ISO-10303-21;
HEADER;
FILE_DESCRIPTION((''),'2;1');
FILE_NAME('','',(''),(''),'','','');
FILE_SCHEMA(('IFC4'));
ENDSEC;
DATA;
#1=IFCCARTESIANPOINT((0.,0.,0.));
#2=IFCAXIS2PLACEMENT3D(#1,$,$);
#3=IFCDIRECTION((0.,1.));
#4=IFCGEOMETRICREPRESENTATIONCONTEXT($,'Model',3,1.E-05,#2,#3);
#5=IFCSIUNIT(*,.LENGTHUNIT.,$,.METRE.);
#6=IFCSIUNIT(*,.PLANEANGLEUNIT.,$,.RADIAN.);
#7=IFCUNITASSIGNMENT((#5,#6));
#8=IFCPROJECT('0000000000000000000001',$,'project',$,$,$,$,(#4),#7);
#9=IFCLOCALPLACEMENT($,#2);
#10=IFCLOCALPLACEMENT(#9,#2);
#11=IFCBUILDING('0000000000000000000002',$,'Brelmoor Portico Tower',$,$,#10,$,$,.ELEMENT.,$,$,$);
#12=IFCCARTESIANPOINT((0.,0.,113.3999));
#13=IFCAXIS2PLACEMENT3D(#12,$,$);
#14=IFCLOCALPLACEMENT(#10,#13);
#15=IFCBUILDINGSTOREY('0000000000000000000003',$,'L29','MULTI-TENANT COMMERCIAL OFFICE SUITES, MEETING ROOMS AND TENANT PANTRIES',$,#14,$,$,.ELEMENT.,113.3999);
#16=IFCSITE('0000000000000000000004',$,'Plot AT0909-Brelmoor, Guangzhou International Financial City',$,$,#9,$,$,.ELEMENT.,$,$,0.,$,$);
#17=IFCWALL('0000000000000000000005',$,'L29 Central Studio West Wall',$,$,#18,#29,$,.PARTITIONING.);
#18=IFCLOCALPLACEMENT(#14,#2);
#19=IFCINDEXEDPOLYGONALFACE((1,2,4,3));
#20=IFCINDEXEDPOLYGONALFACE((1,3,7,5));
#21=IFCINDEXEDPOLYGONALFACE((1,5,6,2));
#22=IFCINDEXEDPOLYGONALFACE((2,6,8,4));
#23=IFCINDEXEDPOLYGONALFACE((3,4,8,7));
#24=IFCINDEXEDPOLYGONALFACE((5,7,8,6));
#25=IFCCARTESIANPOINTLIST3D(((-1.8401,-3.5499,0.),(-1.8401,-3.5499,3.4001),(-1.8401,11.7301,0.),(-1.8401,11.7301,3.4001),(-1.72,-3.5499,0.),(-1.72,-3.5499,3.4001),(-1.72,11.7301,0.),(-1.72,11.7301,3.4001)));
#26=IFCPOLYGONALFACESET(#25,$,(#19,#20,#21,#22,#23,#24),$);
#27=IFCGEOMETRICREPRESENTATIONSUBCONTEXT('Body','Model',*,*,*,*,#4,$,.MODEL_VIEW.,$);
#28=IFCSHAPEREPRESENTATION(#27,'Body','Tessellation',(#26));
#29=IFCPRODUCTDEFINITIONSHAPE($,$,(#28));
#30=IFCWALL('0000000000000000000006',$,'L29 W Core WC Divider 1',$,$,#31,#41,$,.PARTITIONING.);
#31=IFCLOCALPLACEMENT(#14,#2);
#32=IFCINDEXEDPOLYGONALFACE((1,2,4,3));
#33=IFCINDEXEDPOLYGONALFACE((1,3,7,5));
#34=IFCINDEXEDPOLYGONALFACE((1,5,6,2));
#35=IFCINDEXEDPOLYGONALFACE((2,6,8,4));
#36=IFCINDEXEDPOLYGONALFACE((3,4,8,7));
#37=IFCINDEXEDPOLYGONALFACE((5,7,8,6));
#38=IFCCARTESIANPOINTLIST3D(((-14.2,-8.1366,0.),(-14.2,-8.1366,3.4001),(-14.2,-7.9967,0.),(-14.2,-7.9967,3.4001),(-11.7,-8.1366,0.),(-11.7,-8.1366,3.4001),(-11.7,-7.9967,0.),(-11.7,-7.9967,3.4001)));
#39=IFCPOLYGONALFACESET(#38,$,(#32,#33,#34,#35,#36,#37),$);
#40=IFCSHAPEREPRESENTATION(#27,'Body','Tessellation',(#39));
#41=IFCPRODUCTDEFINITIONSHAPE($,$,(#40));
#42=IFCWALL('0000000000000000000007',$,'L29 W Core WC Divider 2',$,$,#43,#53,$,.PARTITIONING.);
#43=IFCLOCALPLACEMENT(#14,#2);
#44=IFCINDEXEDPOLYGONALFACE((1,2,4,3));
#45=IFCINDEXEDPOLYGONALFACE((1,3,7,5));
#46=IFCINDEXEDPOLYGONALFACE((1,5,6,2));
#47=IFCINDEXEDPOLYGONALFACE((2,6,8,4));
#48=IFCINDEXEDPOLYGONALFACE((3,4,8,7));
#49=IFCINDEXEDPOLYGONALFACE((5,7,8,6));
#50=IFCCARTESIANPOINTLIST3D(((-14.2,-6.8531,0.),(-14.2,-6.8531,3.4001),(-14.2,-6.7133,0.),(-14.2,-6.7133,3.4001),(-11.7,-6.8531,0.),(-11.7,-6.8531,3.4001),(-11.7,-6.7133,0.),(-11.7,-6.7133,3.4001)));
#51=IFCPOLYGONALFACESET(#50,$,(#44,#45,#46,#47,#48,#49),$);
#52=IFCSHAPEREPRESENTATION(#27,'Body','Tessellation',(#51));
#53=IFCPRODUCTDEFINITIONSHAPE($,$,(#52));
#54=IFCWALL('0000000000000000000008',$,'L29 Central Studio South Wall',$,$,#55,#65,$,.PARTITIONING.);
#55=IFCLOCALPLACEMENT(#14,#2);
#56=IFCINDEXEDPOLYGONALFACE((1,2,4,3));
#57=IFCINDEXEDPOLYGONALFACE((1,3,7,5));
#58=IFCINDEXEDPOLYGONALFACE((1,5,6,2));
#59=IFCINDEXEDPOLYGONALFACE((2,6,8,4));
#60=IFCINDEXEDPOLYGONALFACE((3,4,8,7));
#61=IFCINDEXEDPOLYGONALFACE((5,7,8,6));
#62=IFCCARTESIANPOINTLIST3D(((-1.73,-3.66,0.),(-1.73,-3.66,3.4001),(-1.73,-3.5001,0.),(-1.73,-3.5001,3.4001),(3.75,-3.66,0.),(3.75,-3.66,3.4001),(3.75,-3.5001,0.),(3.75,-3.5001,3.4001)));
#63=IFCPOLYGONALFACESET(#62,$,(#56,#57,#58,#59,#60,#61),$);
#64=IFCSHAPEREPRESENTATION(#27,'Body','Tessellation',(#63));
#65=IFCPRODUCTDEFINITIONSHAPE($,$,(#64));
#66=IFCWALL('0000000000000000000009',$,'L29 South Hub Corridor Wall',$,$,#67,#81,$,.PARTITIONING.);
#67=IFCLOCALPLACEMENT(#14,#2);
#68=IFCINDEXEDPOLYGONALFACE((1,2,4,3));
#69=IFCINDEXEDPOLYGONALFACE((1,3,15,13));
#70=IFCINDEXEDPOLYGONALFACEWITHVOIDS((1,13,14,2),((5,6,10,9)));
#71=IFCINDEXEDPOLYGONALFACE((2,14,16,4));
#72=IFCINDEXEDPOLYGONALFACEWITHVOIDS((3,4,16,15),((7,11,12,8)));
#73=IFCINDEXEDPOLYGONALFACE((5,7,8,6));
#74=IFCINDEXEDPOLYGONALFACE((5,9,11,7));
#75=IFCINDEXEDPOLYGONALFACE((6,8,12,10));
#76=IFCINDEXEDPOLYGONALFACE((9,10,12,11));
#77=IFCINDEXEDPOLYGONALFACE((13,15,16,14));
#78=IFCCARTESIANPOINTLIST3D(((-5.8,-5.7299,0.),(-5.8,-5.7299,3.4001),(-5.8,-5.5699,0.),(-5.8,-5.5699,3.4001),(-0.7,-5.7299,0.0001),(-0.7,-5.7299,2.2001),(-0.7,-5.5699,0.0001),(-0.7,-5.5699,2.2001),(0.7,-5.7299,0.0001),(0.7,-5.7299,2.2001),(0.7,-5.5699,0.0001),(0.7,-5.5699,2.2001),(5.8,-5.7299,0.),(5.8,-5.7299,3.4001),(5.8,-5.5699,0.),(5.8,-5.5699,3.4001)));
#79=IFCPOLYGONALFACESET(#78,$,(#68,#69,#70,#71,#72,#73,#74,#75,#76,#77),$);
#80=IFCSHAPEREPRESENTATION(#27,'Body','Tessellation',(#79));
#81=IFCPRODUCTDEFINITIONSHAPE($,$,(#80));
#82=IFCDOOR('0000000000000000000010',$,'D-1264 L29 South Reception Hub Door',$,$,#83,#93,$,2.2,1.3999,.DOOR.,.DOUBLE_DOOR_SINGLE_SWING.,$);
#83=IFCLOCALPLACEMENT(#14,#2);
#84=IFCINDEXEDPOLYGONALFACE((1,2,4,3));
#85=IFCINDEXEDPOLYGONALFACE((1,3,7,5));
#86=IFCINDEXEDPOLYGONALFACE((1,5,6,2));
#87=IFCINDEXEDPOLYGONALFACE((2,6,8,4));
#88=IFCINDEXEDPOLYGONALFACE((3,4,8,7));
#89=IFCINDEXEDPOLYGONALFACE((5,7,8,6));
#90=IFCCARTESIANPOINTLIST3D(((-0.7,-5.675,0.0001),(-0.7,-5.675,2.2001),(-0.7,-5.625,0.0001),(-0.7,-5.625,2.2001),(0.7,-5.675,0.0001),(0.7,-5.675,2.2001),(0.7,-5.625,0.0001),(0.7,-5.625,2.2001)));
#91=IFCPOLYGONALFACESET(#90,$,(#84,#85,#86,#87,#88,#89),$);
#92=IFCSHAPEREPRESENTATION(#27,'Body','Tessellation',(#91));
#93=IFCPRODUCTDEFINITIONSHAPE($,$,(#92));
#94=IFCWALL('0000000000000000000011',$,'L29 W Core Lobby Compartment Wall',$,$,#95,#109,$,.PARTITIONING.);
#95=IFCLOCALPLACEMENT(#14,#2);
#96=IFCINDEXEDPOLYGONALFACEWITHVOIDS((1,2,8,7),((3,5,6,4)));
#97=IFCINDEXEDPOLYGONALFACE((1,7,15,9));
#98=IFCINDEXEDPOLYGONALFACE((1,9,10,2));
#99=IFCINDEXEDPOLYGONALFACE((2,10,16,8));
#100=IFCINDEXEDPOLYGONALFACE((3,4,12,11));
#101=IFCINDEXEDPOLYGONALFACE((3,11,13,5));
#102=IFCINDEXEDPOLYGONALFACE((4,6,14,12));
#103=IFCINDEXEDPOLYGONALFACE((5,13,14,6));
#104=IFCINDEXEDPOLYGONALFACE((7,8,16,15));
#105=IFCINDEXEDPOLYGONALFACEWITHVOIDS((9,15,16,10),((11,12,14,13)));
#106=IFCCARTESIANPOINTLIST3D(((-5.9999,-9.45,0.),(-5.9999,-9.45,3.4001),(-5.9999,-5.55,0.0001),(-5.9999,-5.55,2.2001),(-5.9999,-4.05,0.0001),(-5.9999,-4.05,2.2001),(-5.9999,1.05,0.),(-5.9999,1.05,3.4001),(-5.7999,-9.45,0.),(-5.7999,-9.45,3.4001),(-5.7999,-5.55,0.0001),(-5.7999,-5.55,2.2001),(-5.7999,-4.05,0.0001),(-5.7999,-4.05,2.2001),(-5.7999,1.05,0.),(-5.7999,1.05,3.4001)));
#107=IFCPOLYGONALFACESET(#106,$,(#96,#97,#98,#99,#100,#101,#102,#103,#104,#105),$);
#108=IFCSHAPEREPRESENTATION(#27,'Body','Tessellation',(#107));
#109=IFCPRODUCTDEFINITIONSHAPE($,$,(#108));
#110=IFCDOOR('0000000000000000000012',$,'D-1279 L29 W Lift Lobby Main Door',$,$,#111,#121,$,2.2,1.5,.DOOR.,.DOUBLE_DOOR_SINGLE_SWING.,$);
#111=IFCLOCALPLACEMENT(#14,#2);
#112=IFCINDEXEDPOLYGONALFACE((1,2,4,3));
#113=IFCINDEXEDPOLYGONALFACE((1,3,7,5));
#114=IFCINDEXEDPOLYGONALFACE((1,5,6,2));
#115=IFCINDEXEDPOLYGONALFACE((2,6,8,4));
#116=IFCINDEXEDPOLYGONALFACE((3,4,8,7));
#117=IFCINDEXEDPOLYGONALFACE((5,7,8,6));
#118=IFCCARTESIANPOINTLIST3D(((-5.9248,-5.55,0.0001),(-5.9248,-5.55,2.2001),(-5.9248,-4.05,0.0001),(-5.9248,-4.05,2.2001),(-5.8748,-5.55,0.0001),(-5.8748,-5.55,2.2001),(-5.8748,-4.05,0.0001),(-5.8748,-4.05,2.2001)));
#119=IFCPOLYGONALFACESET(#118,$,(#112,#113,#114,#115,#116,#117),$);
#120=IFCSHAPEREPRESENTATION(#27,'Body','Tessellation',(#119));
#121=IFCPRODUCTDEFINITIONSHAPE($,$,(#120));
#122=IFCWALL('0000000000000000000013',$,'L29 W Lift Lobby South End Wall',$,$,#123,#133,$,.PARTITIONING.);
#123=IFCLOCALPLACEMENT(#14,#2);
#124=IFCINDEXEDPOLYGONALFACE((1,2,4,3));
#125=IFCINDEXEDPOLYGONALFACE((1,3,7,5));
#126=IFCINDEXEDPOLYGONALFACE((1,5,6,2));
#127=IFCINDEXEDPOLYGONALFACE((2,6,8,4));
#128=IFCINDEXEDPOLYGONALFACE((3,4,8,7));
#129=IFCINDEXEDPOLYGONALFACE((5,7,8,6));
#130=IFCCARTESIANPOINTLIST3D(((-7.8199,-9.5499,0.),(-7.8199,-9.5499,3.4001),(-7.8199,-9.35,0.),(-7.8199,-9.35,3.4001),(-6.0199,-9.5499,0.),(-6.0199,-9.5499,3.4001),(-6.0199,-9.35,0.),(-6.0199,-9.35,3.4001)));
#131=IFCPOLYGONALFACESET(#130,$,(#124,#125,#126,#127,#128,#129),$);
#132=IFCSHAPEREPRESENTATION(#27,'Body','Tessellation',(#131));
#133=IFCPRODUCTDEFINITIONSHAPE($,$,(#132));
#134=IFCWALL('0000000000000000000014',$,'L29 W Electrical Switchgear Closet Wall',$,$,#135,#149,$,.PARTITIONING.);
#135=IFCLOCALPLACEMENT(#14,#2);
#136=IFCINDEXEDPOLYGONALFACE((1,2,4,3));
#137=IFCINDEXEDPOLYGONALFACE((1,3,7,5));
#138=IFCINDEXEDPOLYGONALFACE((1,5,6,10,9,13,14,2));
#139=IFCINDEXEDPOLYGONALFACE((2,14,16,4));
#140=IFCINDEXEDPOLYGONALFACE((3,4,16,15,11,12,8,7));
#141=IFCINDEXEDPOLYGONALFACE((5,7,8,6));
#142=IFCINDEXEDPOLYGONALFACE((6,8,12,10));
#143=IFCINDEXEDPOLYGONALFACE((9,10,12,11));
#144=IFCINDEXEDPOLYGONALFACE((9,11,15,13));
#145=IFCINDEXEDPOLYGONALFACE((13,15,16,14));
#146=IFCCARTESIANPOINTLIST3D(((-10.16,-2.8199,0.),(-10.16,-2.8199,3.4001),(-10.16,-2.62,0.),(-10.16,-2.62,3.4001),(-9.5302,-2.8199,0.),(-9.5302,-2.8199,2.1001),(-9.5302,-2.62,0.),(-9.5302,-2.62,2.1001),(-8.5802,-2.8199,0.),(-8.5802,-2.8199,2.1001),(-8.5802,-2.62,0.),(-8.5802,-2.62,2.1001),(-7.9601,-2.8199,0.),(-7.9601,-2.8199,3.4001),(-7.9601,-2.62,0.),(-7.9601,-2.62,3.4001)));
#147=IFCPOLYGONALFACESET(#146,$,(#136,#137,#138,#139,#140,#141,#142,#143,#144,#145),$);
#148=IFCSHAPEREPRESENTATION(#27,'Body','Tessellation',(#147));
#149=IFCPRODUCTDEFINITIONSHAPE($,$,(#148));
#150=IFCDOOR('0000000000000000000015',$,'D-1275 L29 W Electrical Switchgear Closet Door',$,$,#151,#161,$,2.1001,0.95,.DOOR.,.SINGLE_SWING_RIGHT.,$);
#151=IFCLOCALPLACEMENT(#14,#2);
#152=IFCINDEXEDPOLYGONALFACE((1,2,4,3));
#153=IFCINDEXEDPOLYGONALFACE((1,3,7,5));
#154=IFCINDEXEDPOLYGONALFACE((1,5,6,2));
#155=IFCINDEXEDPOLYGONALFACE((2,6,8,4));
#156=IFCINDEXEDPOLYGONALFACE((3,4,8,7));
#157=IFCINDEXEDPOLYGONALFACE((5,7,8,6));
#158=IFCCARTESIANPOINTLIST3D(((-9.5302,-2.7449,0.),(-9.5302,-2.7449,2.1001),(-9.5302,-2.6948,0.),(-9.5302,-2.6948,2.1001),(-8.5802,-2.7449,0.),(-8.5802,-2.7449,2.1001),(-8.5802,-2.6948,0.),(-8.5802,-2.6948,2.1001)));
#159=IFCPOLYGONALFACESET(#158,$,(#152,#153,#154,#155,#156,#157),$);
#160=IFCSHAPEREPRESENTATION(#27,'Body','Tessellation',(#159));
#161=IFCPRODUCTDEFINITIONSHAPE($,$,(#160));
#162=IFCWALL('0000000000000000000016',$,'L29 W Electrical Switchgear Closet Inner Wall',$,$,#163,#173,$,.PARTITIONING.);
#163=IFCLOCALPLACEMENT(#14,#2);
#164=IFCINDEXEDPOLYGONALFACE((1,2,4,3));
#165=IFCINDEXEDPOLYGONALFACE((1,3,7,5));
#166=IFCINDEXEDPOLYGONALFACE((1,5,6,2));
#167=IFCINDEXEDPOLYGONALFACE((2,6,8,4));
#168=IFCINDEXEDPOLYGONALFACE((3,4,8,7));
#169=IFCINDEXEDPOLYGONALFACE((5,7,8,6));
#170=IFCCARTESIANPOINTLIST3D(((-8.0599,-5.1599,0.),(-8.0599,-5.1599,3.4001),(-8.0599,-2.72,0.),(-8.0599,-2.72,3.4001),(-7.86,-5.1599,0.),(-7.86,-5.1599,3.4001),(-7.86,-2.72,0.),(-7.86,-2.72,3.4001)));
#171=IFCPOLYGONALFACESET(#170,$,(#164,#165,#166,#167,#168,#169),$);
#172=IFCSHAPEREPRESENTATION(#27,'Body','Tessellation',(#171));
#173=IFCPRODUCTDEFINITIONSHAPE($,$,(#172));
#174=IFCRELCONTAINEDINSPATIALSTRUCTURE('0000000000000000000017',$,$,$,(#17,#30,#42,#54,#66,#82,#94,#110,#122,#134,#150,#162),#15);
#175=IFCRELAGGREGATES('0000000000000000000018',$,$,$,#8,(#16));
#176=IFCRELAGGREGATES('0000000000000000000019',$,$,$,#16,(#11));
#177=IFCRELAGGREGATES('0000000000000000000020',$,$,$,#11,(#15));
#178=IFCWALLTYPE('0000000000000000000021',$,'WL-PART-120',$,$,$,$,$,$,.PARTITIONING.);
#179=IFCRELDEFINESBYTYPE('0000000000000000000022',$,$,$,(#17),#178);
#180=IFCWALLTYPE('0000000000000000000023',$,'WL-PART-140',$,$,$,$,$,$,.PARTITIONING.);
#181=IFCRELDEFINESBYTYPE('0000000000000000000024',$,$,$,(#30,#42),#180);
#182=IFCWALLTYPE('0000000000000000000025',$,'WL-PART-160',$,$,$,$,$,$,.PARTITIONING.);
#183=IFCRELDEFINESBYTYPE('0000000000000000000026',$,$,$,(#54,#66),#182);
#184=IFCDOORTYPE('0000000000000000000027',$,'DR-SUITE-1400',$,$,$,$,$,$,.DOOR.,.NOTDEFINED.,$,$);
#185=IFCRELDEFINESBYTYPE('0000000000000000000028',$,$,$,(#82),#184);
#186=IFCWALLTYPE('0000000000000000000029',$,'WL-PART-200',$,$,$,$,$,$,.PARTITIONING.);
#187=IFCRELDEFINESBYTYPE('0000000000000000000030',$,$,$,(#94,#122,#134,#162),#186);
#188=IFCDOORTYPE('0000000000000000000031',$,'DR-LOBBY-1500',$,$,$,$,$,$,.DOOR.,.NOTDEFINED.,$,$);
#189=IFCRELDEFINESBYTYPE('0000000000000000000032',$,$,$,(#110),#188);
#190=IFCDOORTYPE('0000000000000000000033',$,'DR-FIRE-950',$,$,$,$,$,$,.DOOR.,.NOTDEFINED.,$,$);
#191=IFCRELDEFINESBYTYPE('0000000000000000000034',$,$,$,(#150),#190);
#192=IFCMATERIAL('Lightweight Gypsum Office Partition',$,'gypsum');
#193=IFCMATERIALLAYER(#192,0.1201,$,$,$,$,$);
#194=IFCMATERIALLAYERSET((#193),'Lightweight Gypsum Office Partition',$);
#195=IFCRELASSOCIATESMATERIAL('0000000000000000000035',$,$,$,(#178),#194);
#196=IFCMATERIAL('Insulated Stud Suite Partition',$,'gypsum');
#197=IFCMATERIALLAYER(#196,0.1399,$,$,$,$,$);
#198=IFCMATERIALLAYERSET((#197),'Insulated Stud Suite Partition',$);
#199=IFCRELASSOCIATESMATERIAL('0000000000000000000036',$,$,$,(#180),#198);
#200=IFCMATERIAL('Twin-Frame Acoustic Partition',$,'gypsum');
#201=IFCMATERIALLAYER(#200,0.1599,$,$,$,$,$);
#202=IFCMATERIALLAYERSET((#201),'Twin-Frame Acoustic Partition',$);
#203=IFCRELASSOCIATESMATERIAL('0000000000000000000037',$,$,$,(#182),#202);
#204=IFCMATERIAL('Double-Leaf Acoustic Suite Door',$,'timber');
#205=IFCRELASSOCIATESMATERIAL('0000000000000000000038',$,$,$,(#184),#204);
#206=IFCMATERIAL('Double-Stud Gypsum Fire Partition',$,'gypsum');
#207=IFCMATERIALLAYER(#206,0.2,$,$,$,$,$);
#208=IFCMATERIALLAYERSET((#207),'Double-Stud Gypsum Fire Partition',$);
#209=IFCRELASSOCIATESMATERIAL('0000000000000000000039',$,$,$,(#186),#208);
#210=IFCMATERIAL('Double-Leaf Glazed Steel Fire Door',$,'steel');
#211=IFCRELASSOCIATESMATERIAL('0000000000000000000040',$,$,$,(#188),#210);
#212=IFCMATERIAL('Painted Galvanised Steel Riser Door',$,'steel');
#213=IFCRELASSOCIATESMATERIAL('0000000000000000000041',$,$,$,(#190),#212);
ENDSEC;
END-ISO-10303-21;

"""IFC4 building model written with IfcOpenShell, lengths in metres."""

from ifc_helpers import new_model, si_unit, direction, frame, frame_2d, origin, place, context, subcontext, project, spatial, rectangle, extrude, material, layer, layer_set, type_object, element, fill, save


model = new_model("IFC4")

# Units and contexts
model_context = context("Model", 3, precision=1e-05, world=origin(), true_north=direction((0.0, 1.0)))
body_context = subcontext(model_context, "Body", "Model", "MODEL_VIEW")
ifc_project = project(units=[si_unit("LENGTHUNIT", "METRE"), si_unit("PLANEANGLEUNIT", "RADIAN")], contexts=[model_context])

# Site, building, storey
site_placement = place(None, origin())
site = spatial("IfcSite", under=ifc_project, at=site_placement, Name="Plot AT0909-Brelmoor, Guangzhou International Financial City", CompositionType="ELEMENT", RefElevation=0.0)
building_placement = place(site_placement, origin())
building = spatial("IfcBuilding", under=site, at=building_placement, Name="Brelmoor Portico Tower", CompositionType="ELEMENT")
storey_placement = place(building_placement, frame((0.0, 0.0, 113.3999)))
storey = spatial("IfcBuildingStorey", under=building, at=storey_placement, Name="L29", Description="MULTI-TENANT COMMERCIAL OFFICE SUITES, MEETING ROOMS AND TENANT PANTRIES", CompositionType="ELEMENT", Elevation=113.3999)

# Walls
ifc_material_1 = material(Name="Lightweight Gypsum Office Partition", Category="gypsum")
ifc_layer_1 = layer(ifc_material_1, 0.1201)
ifc_layer_set_1 = layer_set([ifc_layer_1], Name="Lightweight Gypsum Office Partition")
wall_type_1 = type_object("IfcWallType", Name="WL-PART-120", PredefinedType="PARTITIONING", material=ifc_layer_set_1)
wall_1_placement = place(storey_placement, frame((-1.78, -3.55, 0.0), z_axis=(0.0, 0.0, 1.0), x_axis=(0.0, 1.0, 0.0)))
element("IfcWall", 1, at=wall_1_placement, inside=storey, type_object=wall_type_1, Name="L29 Central Studio West Wall", PredefinedType="PARTITIONING", context=body_context, shape_type="SweptSolid", body=[
    extrude(rectangle(XDim=15.28, YDim=0.1201, at=frame_2d((7.6401, 0.0))), origin(), (0.0, 0.0, 1.0), 3.4001),
])
ifc_material_2 = material(Name="Insulated Stud Suite Partition", Category="gypsum")
ifc_layer_2 = layer(ifc_material_2, 0.1399)
ifc_layer_set_2 = layer_set([ifc_layer_2], Name="Insulated Stud Suite Partition")
wall_type_2 = type_object("IfcWallType", Name="WL-PART-140", PredefinedType="PARTITIONING", material=ifc_layer_set_2)
for number, where, z_axis, x_axis, name in (
    (2, (-11.7, -8.0667, 0.0), (0.0, 0.0, 1.0), (-1.0, 0.0, 0.0), "L29 W Core WC Divider 1"),
    (3, (-11.7, -6.7832, 0.0), (0.0, 0.0, 1.0), (-1.0, 0.0, 0.0), "L29 W Core WC Divider 2"),
):
    element("IfcWall", number, at=place(storey_placement, frame(where, z_axis=z_axis, x_axis=x_axis)), inside=storey, type_object=wall_type_2, Name=name, PredefinedType="PARTITIONING", context=body_context, shape_type="SweptSolid", body=[
        extrude(rectangle(XDim=2.5, YDim=0.1399, at=frame_2d((1.25, 0.0))), origin(), (0.0, 0.0, 1.0), 3.4001),
    ])

# Shared definitions
ifc_material_3 = material(Name="Twin-Frame Acoustic Partition", Category="gypsum")
ifc_layer_3 = layer(ifc_material_3, 0.1599)
ifc_layer_set_3 = layer_set([ifc_layer_3], Name="Twin-Frame Acoustic Partition")
wall_type_3 = type_object("IfcWallType", Name="WL-PART-160", PredefinedType="PARTITIONING", material=ifc_layer_set_3)

# Wall
wall_2_placement = place(storey_placement, frame((-1.73, -3.5801, 0.0), z_axis=(0.0, 0.0, 1.0), x_axis=(1.0, 0.0, 0.0)))
element("IfcWall", 4, at=wall_2_placement, inside=storey, type_object=wall_type_3, Name="L29 Central Studio South Wall", PredefinedType="PARTITIONING", context=body_context, shape_type="SweptSolid", body=[
    extrude(rectangle(XDim=5.48, YDim=0.1599, at=frame_2d((2.74, 0.0))), origin(), (0.0, 0.0, 1.0), 3.4001),
])

# Walls, openings, doors
wall_3_placement = place(storey_placement, frame((-5.8, -5.6499, 0.0), z_axis=(0.0, 0.0, 1.0), x_axis=(1.0, 0.0, 0.0)))
wall_3 = element("IfcWall", 5, at=wall_3_placement, inside=storey, type_object=wall_type_3, Name="L29 South Hub Corridor Wall", PredefinedType="PARTITIONING", context=body_context, shape_type="SweptSolid", body=[
    extrude(rectangle(XDim=11.6001, YDim=0.1599, at=frame_2d((5.8, 0.0))), origin(), (0.0, 0.0, 1.0), 3.4001),
])
opening_1_placement = place(wall_3_placement, frame((5.1001, 0.0, 0.0)))
opening_1 = element("IfcOpeningElement", 6, at=opening_1_placement, cuts=wall_3, PredefinedType="OPENING", context=body_context, shape_type="SweptSolid", body=[
    extrude(rectangle(XDim=1.3999, YDim=2.2, at=frame_2d((0.7, 1.1001))), frame((0.0, 0.0898, 0.0), z_axis=(0.0, -1.0, 0.0), x_axis=(1.0, 0.0, 0.0)), (0.0, 0.0, 1.0), 0.1799),
])
ifc_material_4 = material(Name="Double-Leaf Acoustic Suite Door", Category="timber")
door_type_1 = type_object("IfcDoorType", Name="DR-SUITE-1400", OperationType="NOTDEFINED", PredefinedType="DOOR", material=ifc_material_4)
door_1_placement = place(opening_1_placement, origin())
door_1 = element("IfcDoor", 7, at=door_1_placement, inside=storey, type_object=door_type_1, Name="D-1264 L29 South Reception Hub Door", OperationType="DOUBLE_DOOR_SINGLE_SWING", OverallHeight=2.2, OverallWidth=1.3999, PredefinedType="DOOR", context=body_context, shape_type="SweptSolid", body=[
    extrude(rectangle(XDim=1.3999, YDim=2.2, at=frame_2d((0.7, 1.1001))), frame((0.0, 0.0249, 0.0), z_axis=(0.0, -1.0, 0.0), x_axis=(1.0, 0.0, 0.0)), (0.0, 0.0, 1.0), 0.05),
])
fill(opening_1, door_1)
ifc_material_5 = material(Name="Double-Stud Gypsum Fire Partition", Category="gypsum")
ifc_layer_4 = layer(ifc_material_5, 0.2)
ifc_layer_set_4 = layer_set([ifc_layer_4], Name="Double-Stud Gypsum Fire Partition")
wall_type_4 = type_object("IfcWallType", Name="WL-PART-200", PredefinedType="PARTITIONING", material=ifc_layer_set_4)
wall_4_placement = place(storey_placement, frame((-5.8999, -9.45, 0.0), z_axis=(0.0, 0.0, 1.0), x_axis=(0.0, 1.0, 0.0)))
wall_4 = element("IfcWall", 8, at=wall_4_placement, inside=storey, type_object=wall_type_4, Name="L29 W Core Lobby Compartment Wall", PredefinedType="PARTITIONING", context=body_context, shape_type="SweptSolid", body=[
    extrude(rectangle(XDim=10.5, YDim=0.2, at=frame_2d((5.25, 0.0))), origin(), (0.0, 0.0, 1.0), 3.4001),
])
opening_2_placement = place(wall_4_placement, frame((3.8999, 0.0, 0.0)))
opening_2 = element("IfcOpeningElement", 9, at=opening_2_placement, cuts=wall_4, PredefinedType="OPENING", context=body_context, shape_type="SweptSolid", body=[
    extrude(rectangle(XDim=1.5, YDim=2.2, at=frame_2d((0.75, 1.1001))), frame((0.0, 0.1099, 0.0), z_axis=(0.0, -1.0, 0.0), x_axis=(1.0, 0.0, 0.0)), (0.0, 0.0, 1.0), 0.22),
])
ifc_material_6 = material(Name="Double-Leaf Glazed Steel Fire Door", Category="steel")
door_type_2 = type_object("IfcDoorType", Name="DR-LOBBY-1500", OperationType="NOTDEFINED", PredefinedType="DOOR", material=ifc_material_6)
door_2_placement = place(opening_2_placement, origin())
door_2 = element("IfcDoor", 10, at=door_2_placement, inside=storey, type_object=door_type_2, Name="D-1279 L29 W Lift Lobby Main Door", OperationType="DOUBLE_DOOR_SINGLE_SWING", OverallHeight=2.2, OverallWidth=1.5, PredefinedType="DOOR", context=body_context, shape_type="SweptSolid", body=[
    extrude(rectangle(XDim=1.5, YDim=2.2, at=frame_2d((0.75, 1.1001))), frame((0.0, 0.0249, 0.0), z_axis=(0.0, -1.0, 0.0), x_axis=(1.0, 0.0, 0.0)), (0.0, 0.0, 1.0), 0.05),
])
fill(opening_2, door_2)

# Wall
wall_5_placement = place(storey_placement, frame((-6.02, -9.45, 0.0), z_axis=(0.0, 0.0, 1.0), x_axis=(-1.0, 0.0, 0.0)))
element("IfcWall", 11, at=wall_5_placement, inside=storey, type_object=wall_type_4, Name="L29 W Lift Lobby South End Wall", PredefinedType="PARTITIONING", context=body_context, shape_type="SweptSolid", body=[
    extrude(rectangle(XDim=1.8, YDim=0.2, at=frame_2d((0.8999, 0.0))), origin(), (0.0, 0.0, 1.0), 3.4001),
])

# Wall, opening, door
wall_6_placement = place(storey_placement, frame((-7.96, -2.72, 0.0), z_axis=(0.0, 0.0, 1.0), x_axis=(-1.0, 0.0, 0.0)))
wall_6 = element("IfcWall", 12, at=wall_6_placement, inside=storey, type_object=wall_type_4, Name="L29 W Electrical Switchgear Closet Wall", PredefinedType="PARTITIONING", context=body_context, shape_type="SweptSolid", body=[
    extrude(rectangle(XDim=2.2, YDim=0.2, at=frame_2d((1.1001, 0.0))), origin(), (0.0, 0.0, 1.0), 3.4001),
])
opening_3_placement = place(wall_6_placement, frame((0.6201, 0.0, 0.0)))
opening_3 = element("IfcOpeningElement", 13, at=opening_3_placement, cuts=wall_6, PredefinedType="OPENING", context=body_context, shape_type="SweptSolid", body=[
    extrude(rectangle(XDim=0.95, YDim=2.1001, at=frame_2d((0.4751, 1.05))), frame((0.0, 0.1099, 0.0), z_axis=(0.0, -1.0, 0.0), x_axis=(1.0, 0.0, 0.0)), (0.0, 0.0, 1.0), 0.22),
])
ifc_material_7 = material(Name="Painted Galvanised Steel Riser Door", Category="steel")
door_type_3 = type_object("IfcDoorType", Name="DR-FIRE-950", OperationType="NOTDEFINED", PredefinedType="DOOR", material=ifc_material_7)
door_3_placement = place(opening_3_placement, origin())
door_3 = element("IfcDoor", 14, at=door_3_placement, inside=storey, type_object=door_type_3, Name="D-1275 L29 W Electrical Switchgear Closet Door", OperationType="SINGLE_SWING_RIGHT", OverallHeight=2.1001, OverallWidth=0.95, PredefinedType="DOOR", context=body_context, shape_type="SweptSolid", body=[
    extrude(rectangle(XDim=0.95, YDim=2.1001, at=frame_2d((0.4751, 1.05))), frame((0.0, 0.0249, 0.0), z_axis=(0.0, -1.0, 0.0), x_axis=(1.0, 0.0, 0.0)), (0.0, 0.0, 1.0), 0.05),
])
fill(opening_3, door_3)

# Wall
for number, where, z_axis, x_axis, name in (
    (15, (-7.96, -5.1599, 0.0), (0.0, 0.0, 1.0), (0.0, 1.0, 0.0), "L29 W Electrical Switchgear Closet Inner Wall"),
):
    element("IfcWall", number, at=place(storey_placement, frame(where, z_axis=z_axis, x_axis=x_axis)), inside=storey, type_object=wall_type_4, Name=name, PredefinedType="PARTITIONING", context=body_context, shape_type="SweptSolid", body=[
        extrude(rectangle(XDim=2.4399, YDim=0.2, at=frame_2d((1.22, 0.0))), origin(), (0.0, 0.0, 1.0), 3.4001),
    ])

save(model, "model.ifc")
